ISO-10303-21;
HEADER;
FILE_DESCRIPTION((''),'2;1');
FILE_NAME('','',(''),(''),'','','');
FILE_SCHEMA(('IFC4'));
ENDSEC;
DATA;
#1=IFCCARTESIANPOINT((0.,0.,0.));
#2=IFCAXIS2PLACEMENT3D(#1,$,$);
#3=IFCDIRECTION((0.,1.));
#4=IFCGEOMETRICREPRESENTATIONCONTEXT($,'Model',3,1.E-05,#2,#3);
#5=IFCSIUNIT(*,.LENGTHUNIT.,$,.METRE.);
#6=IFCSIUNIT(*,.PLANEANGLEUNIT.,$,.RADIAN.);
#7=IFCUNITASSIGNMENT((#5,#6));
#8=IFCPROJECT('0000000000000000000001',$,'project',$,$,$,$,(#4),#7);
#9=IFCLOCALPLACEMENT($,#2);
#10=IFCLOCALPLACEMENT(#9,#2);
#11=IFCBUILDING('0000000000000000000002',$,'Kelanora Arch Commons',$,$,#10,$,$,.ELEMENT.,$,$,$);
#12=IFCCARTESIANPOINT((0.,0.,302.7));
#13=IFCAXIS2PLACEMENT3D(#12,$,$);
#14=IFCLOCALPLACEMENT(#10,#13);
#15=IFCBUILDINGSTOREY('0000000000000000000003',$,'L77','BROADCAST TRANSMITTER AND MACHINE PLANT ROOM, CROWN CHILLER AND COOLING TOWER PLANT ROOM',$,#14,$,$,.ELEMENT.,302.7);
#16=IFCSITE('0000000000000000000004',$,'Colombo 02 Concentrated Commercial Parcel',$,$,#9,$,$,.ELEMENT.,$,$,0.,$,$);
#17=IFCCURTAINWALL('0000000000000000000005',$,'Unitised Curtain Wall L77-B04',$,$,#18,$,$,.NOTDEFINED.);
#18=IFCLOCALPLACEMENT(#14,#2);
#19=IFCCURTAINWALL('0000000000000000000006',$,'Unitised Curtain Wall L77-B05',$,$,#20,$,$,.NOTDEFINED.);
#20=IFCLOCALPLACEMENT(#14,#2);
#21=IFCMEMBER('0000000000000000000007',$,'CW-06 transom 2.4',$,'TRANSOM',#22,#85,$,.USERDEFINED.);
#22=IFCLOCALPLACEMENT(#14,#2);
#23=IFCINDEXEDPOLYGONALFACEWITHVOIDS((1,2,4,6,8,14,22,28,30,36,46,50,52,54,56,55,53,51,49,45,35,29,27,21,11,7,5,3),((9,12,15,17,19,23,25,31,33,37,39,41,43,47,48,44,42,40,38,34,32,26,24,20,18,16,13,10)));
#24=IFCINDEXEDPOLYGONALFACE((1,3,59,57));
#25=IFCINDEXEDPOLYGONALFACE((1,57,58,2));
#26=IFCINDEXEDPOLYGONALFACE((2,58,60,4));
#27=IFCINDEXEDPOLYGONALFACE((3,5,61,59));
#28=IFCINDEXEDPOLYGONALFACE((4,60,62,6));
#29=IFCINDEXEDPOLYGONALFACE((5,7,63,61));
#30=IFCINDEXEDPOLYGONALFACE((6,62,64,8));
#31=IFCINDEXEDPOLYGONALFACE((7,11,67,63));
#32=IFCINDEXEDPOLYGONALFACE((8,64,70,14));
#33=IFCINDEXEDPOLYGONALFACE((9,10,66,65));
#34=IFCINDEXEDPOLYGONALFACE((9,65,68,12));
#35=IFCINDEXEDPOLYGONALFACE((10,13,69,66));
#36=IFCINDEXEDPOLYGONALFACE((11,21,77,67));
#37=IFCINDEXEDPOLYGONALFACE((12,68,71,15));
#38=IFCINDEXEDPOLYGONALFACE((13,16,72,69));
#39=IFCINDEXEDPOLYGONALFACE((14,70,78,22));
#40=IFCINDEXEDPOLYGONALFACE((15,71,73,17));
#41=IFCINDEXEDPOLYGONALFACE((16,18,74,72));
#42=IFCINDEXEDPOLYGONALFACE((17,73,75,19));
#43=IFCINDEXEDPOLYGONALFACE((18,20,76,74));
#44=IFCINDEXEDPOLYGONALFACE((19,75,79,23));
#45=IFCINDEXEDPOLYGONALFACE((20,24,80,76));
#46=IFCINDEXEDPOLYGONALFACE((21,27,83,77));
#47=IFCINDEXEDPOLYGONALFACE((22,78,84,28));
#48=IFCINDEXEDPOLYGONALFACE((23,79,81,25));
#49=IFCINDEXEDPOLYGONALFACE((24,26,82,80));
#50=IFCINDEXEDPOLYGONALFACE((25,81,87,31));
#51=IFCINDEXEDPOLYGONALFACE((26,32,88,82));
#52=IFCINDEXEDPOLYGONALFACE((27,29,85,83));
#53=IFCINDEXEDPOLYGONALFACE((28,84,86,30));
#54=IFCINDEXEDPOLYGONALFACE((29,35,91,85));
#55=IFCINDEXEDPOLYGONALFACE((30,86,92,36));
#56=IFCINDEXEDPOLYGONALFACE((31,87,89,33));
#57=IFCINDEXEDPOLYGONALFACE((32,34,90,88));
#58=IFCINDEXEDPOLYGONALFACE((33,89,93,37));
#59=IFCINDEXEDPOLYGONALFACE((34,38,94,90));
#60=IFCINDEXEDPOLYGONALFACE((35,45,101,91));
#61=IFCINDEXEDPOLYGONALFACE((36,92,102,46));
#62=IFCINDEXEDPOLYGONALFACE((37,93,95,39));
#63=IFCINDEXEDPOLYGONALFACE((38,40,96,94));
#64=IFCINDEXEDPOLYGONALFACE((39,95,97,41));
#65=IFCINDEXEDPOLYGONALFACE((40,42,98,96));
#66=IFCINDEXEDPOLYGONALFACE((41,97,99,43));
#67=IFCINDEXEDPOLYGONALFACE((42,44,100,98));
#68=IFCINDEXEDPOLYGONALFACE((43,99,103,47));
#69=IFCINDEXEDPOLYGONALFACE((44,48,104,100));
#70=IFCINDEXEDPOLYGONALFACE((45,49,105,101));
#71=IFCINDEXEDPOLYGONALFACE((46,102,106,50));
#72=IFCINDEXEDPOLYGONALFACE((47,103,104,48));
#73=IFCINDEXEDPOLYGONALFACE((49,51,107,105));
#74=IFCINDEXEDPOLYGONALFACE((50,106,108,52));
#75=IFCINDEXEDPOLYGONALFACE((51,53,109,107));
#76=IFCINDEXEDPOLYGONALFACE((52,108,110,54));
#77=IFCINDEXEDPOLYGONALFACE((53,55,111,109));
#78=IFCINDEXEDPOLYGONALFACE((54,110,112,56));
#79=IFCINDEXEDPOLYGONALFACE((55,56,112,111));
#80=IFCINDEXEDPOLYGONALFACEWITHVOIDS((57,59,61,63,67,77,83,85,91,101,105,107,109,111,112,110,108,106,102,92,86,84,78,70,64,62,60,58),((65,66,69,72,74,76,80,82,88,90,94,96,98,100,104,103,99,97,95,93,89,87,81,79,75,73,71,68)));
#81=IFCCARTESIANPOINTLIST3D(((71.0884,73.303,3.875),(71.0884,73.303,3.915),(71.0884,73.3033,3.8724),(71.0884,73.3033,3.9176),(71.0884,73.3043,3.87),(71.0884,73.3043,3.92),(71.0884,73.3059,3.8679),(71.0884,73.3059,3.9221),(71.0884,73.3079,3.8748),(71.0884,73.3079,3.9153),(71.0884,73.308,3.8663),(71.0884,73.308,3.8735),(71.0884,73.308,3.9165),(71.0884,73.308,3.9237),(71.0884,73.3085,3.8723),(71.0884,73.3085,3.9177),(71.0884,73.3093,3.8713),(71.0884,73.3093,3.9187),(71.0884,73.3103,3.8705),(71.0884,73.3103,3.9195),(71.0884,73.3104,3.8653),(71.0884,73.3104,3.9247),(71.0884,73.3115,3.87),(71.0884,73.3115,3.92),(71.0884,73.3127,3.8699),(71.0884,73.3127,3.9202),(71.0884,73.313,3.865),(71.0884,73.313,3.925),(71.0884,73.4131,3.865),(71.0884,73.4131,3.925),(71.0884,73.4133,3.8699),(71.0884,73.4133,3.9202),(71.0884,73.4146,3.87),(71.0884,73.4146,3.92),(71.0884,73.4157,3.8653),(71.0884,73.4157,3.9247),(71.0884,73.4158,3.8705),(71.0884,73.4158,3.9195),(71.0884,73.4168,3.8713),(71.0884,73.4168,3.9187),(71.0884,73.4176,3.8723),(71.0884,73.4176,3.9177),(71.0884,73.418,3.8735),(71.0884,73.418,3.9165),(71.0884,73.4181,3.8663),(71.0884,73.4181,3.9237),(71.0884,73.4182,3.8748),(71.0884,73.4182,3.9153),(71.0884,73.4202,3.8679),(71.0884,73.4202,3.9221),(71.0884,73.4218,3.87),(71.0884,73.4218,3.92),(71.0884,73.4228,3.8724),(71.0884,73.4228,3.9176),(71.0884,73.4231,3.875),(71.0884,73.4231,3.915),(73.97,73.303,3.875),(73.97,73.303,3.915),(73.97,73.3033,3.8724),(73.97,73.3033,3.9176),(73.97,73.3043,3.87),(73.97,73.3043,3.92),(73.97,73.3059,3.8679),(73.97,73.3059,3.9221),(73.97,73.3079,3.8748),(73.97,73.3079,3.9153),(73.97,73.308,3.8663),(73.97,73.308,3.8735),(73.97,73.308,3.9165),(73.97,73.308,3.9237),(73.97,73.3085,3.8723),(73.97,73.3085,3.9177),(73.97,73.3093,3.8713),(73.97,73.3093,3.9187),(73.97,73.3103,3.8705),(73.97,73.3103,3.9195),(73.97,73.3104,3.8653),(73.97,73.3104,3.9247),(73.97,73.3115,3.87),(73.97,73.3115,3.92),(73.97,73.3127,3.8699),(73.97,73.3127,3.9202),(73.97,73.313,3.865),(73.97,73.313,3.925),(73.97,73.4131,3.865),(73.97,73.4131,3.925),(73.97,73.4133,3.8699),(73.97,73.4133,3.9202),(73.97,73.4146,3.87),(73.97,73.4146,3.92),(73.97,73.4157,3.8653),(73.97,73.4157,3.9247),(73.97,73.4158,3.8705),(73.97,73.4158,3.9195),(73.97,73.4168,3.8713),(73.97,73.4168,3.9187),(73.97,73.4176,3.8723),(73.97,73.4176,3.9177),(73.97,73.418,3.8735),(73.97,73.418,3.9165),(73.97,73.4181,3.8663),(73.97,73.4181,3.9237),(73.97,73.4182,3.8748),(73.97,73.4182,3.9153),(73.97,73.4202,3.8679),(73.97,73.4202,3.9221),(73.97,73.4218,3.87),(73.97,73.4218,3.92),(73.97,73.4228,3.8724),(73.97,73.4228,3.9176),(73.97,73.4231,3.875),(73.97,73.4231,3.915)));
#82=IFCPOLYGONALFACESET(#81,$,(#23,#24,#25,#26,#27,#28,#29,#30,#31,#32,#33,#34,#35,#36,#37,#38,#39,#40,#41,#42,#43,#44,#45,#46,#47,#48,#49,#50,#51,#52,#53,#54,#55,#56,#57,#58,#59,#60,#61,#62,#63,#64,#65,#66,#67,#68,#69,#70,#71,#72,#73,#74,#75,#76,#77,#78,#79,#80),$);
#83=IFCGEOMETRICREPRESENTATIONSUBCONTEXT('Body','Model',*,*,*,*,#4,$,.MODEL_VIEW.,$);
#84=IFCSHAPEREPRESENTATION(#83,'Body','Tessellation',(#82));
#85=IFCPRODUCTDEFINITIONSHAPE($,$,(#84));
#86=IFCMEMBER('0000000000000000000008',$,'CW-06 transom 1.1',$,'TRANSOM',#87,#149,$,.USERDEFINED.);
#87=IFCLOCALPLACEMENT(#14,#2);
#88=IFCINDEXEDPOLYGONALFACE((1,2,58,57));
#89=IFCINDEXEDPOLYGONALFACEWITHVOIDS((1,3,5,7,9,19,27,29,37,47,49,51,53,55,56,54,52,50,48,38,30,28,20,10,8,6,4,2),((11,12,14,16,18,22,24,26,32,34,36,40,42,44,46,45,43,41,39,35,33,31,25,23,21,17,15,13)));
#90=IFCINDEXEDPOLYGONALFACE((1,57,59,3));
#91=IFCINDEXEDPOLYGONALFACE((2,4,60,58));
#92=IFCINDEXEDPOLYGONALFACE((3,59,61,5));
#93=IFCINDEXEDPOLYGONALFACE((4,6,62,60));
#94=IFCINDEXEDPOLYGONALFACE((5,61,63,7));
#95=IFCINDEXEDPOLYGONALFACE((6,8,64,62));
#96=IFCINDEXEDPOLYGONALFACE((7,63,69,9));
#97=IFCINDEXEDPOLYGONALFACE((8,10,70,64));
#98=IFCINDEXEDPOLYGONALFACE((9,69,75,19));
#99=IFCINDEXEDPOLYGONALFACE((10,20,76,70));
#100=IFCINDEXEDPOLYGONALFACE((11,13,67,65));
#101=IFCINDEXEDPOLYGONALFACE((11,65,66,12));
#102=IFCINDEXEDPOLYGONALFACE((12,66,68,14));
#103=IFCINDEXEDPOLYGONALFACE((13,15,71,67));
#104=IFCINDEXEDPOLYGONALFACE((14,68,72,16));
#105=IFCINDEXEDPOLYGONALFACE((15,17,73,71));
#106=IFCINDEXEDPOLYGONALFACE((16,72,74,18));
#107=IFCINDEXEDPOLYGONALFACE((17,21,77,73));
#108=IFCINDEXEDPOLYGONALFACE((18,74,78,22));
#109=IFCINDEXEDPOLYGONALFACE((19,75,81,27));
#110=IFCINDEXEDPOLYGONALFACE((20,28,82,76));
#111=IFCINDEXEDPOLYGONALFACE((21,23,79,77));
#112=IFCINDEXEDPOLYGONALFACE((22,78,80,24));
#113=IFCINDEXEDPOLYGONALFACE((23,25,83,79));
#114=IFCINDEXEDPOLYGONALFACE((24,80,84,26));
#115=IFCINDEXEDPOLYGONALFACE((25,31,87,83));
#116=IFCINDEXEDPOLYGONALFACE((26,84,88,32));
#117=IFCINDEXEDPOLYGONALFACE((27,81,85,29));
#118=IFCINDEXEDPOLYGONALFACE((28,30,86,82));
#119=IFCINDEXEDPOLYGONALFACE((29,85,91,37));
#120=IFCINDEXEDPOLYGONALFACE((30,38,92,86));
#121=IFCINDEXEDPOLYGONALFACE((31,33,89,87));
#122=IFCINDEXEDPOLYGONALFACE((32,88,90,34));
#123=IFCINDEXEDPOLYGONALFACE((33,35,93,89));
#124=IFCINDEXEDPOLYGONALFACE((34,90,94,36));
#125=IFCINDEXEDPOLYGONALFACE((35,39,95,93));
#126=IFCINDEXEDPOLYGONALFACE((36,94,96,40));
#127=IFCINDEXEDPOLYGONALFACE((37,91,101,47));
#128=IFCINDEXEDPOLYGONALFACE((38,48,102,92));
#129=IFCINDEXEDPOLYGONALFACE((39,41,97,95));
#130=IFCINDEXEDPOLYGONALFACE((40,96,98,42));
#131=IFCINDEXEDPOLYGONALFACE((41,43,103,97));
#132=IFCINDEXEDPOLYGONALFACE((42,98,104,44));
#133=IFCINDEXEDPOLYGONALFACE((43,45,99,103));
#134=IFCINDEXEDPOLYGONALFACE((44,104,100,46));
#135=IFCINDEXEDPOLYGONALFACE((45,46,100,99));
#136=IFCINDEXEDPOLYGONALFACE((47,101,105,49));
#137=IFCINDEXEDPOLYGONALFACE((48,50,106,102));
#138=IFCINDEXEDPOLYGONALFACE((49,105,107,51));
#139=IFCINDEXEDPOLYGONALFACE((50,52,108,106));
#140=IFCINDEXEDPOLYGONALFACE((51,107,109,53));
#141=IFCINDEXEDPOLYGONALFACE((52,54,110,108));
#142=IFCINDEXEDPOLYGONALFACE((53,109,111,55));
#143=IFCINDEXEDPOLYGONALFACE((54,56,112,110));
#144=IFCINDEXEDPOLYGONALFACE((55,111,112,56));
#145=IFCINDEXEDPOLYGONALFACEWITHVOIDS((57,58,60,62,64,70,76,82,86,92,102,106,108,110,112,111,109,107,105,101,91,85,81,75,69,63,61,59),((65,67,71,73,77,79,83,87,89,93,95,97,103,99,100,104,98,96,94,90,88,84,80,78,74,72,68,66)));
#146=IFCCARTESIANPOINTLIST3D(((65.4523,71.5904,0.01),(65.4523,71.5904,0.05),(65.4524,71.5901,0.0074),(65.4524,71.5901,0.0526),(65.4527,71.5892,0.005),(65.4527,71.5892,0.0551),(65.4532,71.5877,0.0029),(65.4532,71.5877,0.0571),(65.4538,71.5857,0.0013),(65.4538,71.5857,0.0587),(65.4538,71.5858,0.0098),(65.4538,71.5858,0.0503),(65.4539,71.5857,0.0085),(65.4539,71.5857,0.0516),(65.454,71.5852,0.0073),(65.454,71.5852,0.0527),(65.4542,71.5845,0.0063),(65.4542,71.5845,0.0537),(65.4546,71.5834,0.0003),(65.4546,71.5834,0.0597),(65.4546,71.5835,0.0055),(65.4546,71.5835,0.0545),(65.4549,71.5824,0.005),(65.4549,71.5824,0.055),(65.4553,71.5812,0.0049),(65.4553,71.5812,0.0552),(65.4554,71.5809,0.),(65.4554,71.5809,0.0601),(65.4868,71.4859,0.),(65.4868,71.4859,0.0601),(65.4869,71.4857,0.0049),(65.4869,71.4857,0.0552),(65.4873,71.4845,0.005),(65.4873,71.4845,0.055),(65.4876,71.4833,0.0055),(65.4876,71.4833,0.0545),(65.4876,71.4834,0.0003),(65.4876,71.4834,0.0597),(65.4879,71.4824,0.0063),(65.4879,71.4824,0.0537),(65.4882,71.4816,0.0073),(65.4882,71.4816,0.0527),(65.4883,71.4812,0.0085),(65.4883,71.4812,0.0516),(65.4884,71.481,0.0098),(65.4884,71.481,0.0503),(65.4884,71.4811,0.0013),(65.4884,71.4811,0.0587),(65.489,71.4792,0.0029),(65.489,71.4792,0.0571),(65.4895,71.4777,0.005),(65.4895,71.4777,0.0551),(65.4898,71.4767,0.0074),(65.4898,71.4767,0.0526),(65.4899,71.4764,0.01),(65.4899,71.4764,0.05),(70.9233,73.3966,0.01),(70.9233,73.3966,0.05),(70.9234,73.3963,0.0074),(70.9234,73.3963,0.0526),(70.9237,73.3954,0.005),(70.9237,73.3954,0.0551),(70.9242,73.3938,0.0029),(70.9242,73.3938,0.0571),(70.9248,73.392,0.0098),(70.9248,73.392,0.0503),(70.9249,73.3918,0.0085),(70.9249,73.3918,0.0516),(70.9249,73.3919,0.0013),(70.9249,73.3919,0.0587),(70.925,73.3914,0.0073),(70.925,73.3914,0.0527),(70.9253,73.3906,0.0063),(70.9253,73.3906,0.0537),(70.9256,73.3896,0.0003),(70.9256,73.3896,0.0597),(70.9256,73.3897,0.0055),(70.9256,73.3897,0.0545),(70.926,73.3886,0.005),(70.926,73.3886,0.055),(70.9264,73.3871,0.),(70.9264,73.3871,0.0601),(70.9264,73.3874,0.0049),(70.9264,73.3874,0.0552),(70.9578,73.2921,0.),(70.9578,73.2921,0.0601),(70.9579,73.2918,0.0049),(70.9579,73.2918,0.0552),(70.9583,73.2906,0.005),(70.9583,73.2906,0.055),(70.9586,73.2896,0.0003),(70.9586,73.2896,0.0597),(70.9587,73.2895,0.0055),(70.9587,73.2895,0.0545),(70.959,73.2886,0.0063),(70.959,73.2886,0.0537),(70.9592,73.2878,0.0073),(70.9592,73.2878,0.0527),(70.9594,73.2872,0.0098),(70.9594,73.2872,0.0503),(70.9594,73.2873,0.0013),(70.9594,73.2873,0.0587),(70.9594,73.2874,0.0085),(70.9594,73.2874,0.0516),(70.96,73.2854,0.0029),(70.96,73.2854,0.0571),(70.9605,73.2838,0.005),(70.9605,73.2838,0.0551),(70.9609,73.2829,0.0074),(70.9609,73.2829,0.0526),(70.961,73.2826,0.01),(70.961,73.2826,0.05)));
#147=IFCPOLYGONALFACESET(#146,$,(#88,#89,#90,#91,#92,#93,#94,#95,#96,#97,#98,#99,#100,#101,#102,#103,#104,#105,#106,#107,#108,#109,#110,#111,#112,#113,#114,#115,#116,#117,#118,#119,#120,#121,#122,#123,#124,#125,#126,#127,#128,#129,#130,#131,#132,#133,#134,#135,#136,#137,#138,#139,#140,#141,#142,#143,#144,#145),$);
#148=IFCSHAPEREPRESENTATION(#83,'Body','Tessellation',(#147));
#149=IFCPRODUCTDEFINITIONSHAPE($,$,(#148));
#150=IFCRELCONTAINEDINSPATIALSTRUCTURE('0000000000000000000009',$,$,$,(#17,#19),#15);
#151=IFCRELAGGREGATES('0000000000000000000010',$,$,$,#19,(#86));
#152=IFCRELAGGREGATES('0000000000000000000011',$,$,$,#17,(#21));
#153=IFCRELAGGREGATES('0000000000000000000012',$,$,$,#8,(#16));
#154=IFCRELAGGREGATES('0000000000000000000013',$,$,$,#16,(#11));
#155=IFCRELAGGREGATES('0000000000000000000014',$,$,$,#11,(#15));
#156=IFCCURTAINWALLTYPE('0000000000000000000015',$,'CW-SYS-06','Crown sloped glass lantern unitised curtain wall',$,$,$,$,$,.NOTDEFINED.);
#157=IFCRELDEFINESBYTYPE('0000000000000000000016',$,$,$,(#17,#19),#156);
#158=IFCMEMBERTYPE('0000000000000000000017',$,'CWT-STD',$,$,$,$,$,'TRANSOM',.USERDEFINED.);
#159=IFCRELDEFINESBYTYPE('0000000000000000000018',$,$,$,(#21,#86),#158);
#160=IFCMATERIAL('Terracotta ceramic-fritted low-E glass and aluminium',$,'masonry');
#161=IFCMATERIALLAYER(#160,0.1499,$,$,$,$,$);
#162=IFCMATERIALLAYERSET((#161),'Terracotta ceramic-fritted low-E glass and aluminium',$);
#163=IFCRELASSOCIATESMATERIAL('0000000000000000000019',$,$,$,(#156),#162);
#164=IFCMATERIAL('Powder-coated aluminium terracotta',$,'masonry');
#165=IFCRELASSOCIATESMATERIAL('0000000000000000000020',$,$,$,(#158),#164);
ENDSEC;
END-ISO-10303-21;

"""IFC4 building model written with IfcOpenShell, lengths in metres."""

from ifc_helpers import new_model, si_unit, direction, frame, origin, origin_2d, place, context, subcontext, project, spatial, hollow_rectangle, extrude, material, layer, layer_set, material_profile, profile_set, type_object, element, aggregate, save


model = new_model("IFC4")

# Units and contexts
model_context = context("Model", 3, precision=1e-05, world=origin(), true_north=direction((0.0, 1.0)))
body_context = subcontext(model_context, "Body", "Model", "MODEL_VIEW")
ifc_project = project(units=[si_unit("LENGTHUNIT", "METRE"), si_unit("PLANEANGLEUNIT", "RADIAN")], contexts=[model_context])

# Site, building, storey
site_placement = place(None, origin())
site = spatial("IfcSite", under=ifc_project, at=site_placement, Name="Colombo 02 Concentrated Commercial Parcel", CompositionType="ELEMENT", RefElevation=0.0)
building_placement = place(site_placement, origin())
building = spatial("IfcBuilding", under=site, at=building_placement, Name="Kelanora Arch Commons", CompositionType="ELEMENT")
storey_placement = place(building_placement, frame((0.0, 0.0, 302.7)))
storey = spatial("IfcBuildingStorey", under=building, at=storey_placement, Name="L77", Description="BROADCAST TRANSMITTER AND MACHINE PLANT ROOM, CROWN CHILLER AND COOLING TOWER PLANT ROOM", CompositionType="ELEMENT", Elevation=302.7)

# Curtain walls
ifc_material_1 = material(Name="Terracotta ceramic-fritted low-E glass and aluminium", Category="masonry")
ifc_layer_1 = layer(ifc_material_1, 0.1499)
ifc_layer_set_1 = layer_set([ifc_layer_1], Name="Terracotta ceramic-fritted low-E glass and aluminium")
curtain_wall_type = type_object("IfcCurtainWallType", Name="CW-SYS-06", Description="Crown sloped glass lantern unitised curtain wall", PredefinedType="NOTDEFINED", material=ifc_layer_set_1)
curtain_wall_1_placement = place(storey_placement, origin())
curtain_wall_1 = element("IfcCurtainWall", 1, at=curtain_wall_1_placement, inside=storey, type_object=curtain_wall_type, Name="Unitised Curtain Wall L77-B04", PredefinedType="NOTDEFINED")
ifc_material_2 = material(Name="Powder-coated aluminium terracotta", Category="masonry")
curtain_wall_2_placement = place(storey_placement, origin())
curtain_wall_2 = element("IfcCurtainWall", 2, at=curtain_wall_2_placement, inside=storey, type_object=curtain_wall_type, Name="Unitised Curtain Wall L77-B05", PredefinedType="NOTDEFINED")

# Members
ifc_material_profile_1 = material_profile(ifc_material_2, hollow_rectangle(XDim=0.1201, YDim=0.0601, WallThickness=0.0049, InnerFilletRadius=0.0049, OuterFilletRadius=0.01, at=origin_2d()), Name="CWT120x60")
ifc_profile_set_1 = profile_set([ifc_material_profile_1], Name="Powder-coated aluminium terracotta")
member_type_1 = type_object("IfcMemberType", Name="CWT-STD", ElementType="TRANSOM", PredefinedType="USERDEFINED", material=ifc_profile_set_1)
member_1_placement = place(storey_placement, frame((73.97, 73.363, 3.895), z_axis=(-1.0, 0.0, 0.0), x_axis=(0.0, -1.0, 0.0)))
member_1 = element("IfcMember", 3, at=member_1_placement, type_object=member_type_1, Name="CW-06 transom 2.4", ObjectType="TRANSOM", PredefinedType="USERDEFINED", context=body_context, shape_type="SweptSolid", body=[
    extrude(hollow_rectangle(XDim=0.1201, YDim=0.0601, WallThickness=0.0049, InnerFilletRadius=0.0049, OuterFilletRadius=0.01, at=origin_2d()), origin(), (0.0, 0.0, 1.0), 2.8816),
])
member_2_placement = place(storey_placement, frame((70.9421, 73.3396, 0.03), z_axis=(-0.94959, -0.313493, 0.0), x_axis=(0.313493, -0.94959, 0.0)))
member_2 = element("IfcMember", 4, at=member_2_placement, type_object=member_type_1, Name="CW-06 transom 1.1", ObjectType="TRANSOM", PredefinedType="USERDEFINED", context=body_context, shape_type="SweptSolid", body=[
    extrude(hollow_rectangle(XDim=0.1201, YDim=0.0601, WallThickness=0.0049, InnerFilletRadius=0.0049, OuterFilletRadius=0.01, at=origin_2d()), origin(), (0.0, 0.0, 1.0), 5.7615),
])

aggregate(curtain_wall_2, [member_2])
aggregate(curtain_wall_1, [member_1])

save(model, "model.ifc")
